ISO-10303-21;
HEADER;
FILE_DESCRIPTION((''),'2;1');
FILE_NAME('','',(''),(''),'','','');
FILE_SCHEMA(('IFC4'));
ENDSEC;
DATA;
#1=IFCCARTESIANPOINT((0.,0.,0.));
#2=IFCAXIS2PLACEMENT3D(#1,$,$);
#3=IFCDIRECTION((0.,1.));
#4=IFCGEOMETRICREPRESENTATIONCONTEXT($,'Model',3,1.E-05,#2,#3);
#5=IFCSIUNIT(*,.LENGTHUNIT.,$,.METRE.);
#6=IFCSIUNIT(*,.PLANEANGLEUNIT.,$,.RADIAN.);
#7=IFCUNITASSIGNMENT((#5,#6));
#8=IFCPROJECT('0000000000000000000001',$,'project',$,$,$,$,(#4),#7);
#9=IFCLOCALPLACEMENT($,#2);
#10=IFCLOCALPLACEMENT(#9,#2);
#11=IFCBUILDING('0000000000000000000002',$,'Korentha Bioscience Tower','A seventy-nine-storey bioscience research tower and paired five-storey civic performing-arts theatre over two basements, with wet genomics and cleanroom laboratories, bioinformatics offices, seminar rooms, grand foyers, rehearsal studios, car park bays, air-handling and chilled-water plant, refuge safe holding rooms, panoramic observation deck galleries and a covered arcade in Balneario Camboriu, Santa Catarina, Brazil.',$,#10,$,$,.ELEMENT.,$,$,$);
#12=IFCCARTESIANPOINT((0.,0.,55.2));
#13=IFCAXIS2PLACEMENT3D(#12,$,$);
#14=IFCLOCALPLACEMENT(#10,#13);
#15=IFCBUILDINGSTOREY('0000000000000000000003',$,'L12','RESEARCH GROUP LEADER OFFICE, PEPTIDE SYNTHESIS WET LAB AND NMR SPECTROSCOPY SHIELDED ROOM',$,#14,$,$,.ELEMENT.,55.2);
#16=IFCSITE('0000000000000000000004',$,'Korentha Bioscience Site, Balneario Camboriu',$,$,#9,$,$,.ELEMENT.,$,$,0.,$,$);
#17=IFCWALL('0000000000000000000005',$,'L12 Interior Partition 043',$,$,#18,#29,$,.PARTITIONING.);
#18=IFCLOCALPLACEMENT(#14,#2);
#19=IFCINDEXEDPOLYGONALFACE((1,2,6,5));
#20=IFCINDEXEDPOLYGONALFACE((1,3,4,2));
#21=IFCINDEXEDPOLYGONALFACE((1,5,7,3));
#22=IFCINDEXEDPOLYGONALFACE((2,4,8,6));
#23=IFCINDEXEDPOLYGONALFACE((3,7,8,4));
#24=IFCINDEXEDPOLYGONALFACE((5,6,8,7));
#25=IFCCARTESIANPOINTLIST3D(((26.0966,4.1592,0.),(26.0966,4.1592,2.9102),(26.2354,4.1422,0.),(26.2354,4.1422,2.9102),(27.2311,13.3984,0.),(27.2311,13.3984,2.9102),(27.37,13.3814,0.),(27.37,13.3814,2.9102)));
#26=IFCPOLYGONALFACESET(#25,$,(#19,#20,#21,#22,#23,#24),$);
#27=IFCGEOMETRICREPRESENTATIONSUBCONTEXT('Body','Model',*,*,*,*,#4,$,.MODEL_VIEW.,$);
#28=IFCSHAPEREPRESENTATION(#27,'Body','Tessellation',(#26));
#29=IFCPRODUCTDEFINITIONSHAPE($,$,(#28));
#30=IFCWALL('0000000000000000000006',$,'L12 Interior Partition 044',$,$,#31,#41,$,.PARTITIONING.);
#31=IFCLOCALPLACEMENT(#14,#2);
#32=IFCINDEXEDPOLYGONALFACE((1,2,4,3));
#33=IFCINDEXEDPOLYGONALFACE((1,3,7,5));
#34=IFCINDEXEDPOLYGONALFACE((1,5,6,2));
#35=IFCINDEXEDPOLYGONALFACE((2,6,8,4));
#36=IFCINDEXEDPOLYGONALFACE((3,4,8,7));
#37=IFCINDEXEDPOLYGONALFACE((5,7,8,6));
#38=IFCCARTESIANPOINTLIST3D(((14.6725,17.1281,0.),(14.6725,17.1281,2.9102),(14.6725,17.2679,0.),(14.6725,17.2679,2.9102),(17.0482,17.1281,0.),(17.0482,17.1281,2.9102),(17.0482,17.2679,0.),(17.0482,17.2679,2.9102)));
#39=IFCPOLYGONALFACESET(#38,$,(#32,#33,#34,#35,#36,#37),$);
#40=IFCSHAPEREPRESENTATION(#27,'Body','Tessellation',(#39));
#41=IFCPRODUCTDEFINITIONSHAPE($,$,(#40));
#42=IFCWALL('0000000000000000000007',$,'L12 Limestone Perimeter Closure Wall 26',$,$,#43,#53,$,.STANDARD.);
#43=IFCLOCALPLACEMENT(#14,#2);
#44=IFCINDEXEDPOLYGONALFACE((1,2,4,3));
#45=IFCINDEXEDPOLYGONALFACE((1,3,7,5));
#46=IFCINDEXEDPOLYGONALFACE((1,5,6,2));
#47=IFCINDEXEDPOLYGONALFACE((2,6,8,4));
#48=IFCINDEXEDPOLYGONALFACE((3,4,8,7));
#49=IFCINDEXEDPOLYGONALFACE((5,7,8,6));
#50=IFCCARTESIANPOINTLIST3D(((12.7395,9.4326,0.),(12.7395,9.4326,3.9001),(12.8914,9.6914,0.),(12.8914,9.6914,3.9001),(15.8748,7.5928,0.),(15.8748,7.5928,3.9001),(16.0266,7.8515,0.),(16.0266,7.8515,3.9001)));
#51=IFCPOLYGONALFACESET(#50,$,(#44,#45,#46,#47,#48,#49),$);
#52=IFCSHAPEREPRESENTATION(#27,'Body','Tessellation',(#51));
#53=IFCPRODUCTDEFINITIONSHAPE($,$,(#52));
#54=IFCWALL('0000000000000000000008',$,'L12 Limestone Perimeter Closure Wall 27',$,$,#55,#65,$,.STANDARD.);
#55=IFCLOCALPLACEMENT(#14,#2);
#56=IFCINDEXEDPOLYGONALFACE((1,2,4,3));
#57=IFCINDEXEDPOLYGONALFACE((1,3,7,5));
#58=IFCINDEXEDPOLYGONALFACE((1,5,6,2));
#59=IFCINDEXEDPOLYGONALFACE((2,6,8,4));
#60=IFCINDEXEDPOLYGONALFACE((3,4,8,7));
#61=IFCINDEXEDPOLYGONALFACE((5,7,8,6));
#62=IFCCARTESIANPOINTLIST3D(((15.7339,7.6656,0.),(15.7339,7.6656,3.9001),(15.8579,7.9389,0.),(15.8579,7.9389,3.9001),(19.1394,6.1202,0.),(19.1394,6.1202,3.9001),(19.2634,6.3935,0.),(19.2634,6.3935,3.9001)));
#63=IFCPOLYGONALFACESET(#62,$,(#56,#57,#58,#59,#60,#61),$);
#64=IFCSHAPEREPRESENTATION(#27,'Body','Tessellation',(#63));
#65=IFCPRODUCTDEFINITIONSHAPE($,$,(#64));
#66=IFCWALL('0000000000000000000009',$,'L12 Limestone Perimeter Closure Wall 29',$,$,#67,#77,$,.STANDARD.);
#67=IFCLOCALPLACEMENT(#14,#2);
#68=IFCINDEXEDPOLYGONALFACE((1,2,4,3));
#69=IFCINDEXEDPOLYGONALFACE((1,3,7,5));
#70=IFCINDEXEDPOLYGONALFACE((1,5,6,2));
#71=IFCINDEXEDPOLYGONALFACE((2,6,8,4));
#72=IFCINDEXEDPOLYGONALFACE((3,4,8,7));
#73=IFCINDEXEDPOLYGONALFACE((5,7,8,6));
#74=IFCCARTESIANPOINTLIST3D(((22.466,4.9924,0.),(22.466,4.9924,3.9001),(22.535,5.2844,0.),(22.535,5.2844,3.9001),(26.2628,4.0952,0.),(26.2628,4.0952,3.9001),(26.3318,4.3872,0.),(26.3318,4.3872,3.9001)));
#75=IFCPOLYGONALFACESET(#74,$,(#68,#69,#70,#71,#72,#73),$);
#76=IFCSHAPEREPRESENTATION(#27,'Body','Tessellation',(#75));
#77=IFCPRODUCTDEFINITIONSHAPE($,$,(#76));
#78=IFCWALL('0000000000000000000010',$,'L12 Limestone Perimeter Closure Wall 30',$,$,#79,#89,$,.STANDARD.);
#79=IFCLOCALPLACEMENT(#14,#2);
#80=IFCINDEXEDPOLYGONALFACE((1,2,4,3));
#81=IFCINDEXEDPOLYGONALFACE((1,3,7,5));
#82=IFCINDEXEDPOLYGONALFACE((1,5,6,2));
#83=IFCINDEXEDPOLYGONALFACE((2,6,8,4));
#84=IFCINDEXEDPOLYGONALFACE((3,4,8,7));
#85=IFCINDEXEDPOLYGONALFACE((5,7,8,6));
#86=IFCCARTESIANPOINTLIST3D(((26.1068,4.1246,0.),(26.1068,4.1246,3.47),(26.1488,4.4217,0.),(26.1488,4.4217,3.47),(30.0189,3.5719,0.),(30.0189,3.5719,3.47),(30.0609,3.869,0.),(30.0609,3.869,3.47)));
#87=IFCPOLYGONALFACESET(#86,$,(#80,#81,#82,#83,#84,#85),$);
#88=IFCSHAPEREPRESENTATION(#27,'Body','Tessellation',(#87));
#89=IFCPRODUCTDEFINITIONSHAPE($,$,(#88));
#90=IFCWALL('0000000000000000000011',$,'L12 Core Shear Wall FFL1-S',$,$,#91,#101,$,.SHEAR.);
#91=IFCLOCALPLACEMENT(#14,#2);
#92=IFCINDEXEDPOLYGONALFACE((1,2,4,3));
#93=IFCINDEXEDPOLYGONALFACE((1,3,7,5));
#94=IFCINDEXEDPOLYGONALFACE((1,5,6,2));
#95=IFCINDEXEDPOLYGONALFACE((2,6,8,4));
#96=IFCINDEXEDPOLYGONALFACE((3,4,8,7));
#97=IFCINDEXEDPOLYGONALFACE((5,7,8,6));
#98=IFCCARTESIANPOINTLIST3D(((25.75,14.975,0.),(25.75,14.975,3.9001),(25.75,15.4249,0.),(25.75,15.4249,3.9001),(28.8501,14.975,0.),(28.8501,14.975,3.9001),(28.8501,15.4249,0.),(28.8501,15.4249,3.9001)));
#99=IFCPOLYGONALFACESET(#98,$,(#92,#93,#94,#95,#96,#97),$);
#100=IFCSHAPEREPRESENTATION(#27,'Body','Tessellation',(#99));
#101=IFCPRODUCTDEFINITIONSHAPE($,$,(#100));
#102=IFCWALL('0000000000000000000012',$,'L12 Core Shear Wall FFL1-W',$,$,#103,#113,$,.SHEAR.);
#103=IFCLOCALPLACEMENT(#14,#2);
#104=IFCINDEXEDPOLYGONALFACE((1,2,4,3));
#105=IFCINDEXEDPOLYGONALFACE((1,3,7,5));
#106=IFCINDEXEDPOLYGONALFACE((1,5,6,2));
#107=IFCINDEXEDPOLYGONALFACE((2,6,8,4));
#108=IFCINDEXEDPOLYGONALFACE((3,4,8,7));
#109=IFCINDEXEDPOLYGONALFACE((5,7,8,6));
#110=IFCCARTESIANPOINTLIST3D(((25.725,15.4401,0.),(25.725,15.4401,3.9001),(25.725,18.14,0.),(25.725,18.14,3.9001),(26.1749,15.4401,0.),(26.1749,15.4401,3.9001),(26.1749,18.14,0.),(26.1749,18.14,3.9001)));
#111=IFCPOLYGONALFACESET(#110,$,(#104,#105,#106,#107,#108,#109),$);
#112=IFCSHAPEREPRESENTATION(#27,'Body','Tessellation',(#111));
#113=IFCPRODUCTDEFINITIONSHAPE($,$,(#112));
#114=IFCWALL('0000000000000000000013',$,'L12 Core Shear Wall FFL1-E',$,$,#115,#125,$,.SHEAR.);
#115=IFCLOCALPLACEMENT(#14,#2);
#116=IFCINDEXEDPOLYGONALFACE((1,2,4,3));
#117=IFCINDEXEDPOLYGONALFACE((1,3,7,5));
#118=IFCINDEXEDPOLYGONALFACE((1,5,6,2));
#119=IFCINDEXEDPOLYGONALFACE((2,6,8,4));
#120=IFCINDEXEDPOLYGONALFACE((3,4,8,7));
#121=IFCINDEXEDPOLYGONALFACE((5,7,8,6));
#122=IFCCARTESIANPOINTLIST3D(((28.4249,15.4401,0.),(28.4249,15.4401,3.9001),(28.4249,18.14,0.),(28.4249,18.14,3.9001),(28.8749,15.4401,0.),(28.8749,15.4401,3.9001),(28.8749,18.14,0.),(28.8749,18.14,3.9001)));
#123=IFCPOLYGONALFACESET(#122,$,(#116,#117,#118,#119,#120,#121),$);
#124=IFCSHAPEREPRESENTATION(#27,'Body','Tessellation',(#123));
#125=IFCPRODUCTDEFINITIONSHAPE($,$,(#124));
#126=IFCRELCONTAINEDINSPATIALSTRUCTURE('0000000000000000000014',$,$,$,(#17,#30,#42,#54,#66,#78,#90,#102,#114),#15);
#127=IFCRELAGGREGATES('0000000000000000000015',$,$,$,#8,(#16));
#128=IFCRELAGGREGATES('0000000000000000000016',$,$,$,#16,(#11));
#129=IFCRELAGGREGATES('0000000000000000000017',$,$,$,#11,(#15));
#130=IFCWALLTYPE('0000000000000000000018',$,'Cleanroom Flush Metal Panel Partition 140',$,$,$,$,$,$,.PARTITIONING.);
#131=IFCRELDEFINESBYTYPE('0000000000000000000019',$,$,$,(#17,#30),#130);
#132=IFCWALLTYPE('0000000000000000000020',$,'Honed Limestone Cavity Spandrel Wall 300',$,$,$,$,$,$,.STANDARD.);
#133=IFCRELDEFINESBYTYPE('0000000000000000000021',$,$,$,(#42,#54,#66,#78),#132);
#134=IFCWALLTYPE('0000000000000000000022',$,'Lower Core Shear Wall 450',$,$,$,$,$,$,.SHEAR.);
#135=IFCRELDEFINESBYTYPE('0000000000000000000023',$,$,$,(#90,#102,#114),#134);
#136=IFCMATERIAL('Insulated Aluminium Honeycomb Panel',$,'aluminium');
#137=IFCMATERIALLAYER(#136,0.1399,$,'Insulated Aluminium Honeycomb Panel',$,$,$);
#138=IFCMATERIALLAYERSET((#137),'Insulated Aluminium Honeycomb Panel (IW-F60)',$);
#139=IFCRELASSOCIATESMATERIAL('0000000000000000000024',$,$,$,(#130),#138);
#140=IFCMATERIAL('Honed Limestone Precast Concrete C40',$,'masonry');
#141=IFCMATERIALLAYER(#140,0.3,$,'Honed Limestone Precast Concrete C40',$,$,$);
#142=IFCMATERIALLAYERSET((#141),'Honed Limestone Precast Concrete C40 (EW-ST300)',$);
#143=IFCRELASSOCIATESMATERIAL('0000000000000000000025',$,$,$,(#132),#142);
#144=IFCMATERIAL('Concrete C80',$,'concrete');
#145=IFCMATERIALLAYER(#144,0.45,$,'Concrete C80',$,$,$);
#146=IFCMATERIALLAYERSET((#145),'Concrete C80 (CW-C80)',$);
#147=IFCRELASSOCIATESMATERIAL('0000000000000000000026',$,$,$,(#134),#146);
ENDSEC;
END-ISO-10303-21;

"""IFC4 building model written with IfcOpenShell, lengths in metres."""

from ifc_helpers import new_model, si_unit, direction, frame, frame_2d, origin, place, context, subcontext, project, spatial, rectangle, extrude, material, layer, layer_set, type_object, element, save


model = new_model("IFC4")

# Units and contexts
model_context = context("Model", 3, precision=1e-05, world=origin(), true_north=direction((0.0, 1.0)))
body_context = subcontext(model_context, "Body", "Model", "MODEL_VIEW")
ifc_project = project(units=[si_unit("LENGTHUNIT", "METRE"), si_unit("PLANEANGLEUNIT", "RADIAN")], contexts=[model_context])

# Site, building, storey
site_placement = place(None, origin())
site = spatial("IfcSite", under=ifc_project, at=site_placement, Name="Korentha Bioscience Site, Balneario Camboriu", CompositionType="ELEMENT", RefElevation=0.0)
building_placement = place(site_placement, origin())
building = spatial("IfcBuilding", under=site, at=building_placement, Name="Korentha Bioscience Tower", Description="A seventy-nine-storey bioscience research tower and paired five-storey civic performing-arts theatre over two basements, with wet genomics and cleanroom laboratories, bioinformatics offices, seminar rooms, grand foyers, rehearsal studios, car park bays, air-handling and chilled-water plant, refuge safe holding rooms, panoramic observation deck galleries and a covered arcade in Balneario Camboriu, Santa Catarina, Brazil.", CompositionType="ELEMENT")
storey_placement = place(building_placement, frame((0.0, 0.0, 55.2)))
storey = spatial("IfcBuildingStorey", under=building, at=storey_placement, Name="L12", Description="RESEARCH GROUP LEADER OFFICE, PEPTIDE SYNTHESIS WET LAB AND NMR SPECTROSCOPY SHIELDED ROOM", CompositionType="ELEMENT", Elevation=55.2)

# Shared definitions
ifc_material_1 = material(Name="Concrete C80", Category="concrete")

# Shared definitions
ifc_material_2 = material(Name="Insulated Aluminium Honeycomb Panel", Category="aluminium")
ifc_layer_1 = layer(ifc_material_2, 0.1399, Name="Insulated Aluminium Honeycomb Panel")
ifc_layer_set_1 = layer_set([ifc_layer_1], Name="Insulated Aluminium Honeycomb Panel (IW-F60)")
wall_type_1 = type_object("IfcWallType", Name="Cleanroom Flush Metal Panel Partition 140", PredefinedType="PARTITIONING", material=ifc_layer_set_1)

# Walls
wall_1_placement = place(storey_placement, frame((27.3005, 13.3899, 0.0), z_axis=(0.0, 0.0, 1.0), x_axis=(-0.121878, -0.992545, 0.0)))
element("IfcWall", 1, at=wall_1_placement, inside=storey, type_object=wall_type_1, Name="L12 Interior Partition 043", PredefinedType="PARTITIONING", context=body_context, shape_type="SweptSolid", body=[
    extrude(rectangle(XDim=9.3086, YDim=0.1399, at=frame_2d((4.6543, 0.0))), origin(), (0.0, 0.0, 1.0), 2.9102),
])
wall_2_placement = place(storey_placement, frame((14.6724, 17.198, 0.0), z_axis=(0.0, 0.0, 1.0), x_axis=(1.0, 0.0, 0.0)))
element("IfcWall", 2, at=wall_2_placement, inside=storey, type_object=wall_type_1, Name="L12 Interior Partition 044", PredefinedType="PARTITIONING", context=body_context, shape_type="SweptSolid", body=[
    extrude(rectangle(XDim=2.3757, YDim=0.1399, at=frame_2d((1.188, 0.0))), origin(), (0.0, 0.0, 1.0), 2.9102),
])

# Shared definitions
ifc_material_3 = material(Name="Honed Limestone Precast Concrete C40", Category="masonry")
ifc_layer_2 = layer(ifc_material_3, 0.3, Name="Honed Limestone Precast Concrete C40")
ifc_layer_set_2 = layer_set([ifc_layer_2], Name="Honed Limestone Precast Concrete C40 (EW-ST300)")
wall_type_2 = type_object("IfcWallType", Name="Honed Limestone Cavity Spandrel Wall 300", PredefinedType="STANDARD", material=ifc_layer_set_2)

# Walls
wall_3_placement = place(storey_placement, frame((12.8154, 9.562, 0.0), z_axis=(0.0, 0.0, 1.0), x_axis=(0.862465, -0.506116, 0.0)))
element("IfcWall", 3, at=wall_3_placement, inside=storey, type_object=wall_type_2, Name="L12 Limestone Perimeter Closure Wall 26", PredefinedType="STANDARD", context=body_context, shape_type="SweptSolid", body=[
    extrude(rectangle(XDim=3.6353, YDim=0.3, at=frame_2d((1.8176, 0.0))), origin(), (0.0, 0.0, 1.0), 3.9001),
])
wall_4_placement = place(storey_placement, frame((15.7959, 7.8022, 0.0), z_axis=(0.0, 0.0, 1.0), x_axis=(0.910623, -0.413237, 0.0)))
element("IfcWall", 4, at=wall_4_placement, inside=storey, type_object=wall_type_2, Name="L12 Limestone Perimeter Closure Wall 27", PredefinedType="STANDARD", context=body_context, shape_type="SweptSolid", body=[
    extrude(rectangle(XDim=3.7397, YDim=0.3, at=frame_2d((1.8699, 0.0))), origin(), (0.0, 0.0, 1.0), 3.9001),
])
wall_5_placement = place(storey_placement, frame((22.5005, 5.1384, 0.0), z_axis=(0.0, 0.0, 1.0), x_axis=(0.973198, -0.22997, 0.0)))
element("IfcWall", 5, at=wall_5_placement, inside=storey, type_object=wall_type_2, Name="L12 Limestone Perimeter Closure Wall 29", PredefinedType="STANDARD", context=body_context, shape_type="SweptSolid", body=[
    extrude(rectangle(XDim=3.9014, YDim=0.3, at=frame_2d((1.9507, 0.0))), origin(), (0.0, 0.0, 1.0), 3.9001),
])
wall_6_placement = place(storey_placement, frame((26.1277, 4.2732, 0.0), z_axis=(0.0, 0.0, 1.0), x_axis=(0.990166, -0.139899, 0.0)))
element("IfcWall", 6, at=wall_6_placement, inside=storey, type_object=wall_type_2, Name="L12 Limestone Perimeter Closure Wall 30", PredefinedType="STANDARD", context=body_context, shape_type="SweptSolid", body=[
    extrude(rectangle(XDim=3.9509, YDim=0.3, at=frame_2d((1.9756, 0.0))), origin(), (0.0, 0.0, 1.0), 3.47),
])
ifc_layer_3 = layer(ifc_material_1, 0.45, Name="Concrete C80")
ifc_layer_set_3 = layer_set([ifc_layer_3], Name="Concrete C80 (CW-C80)")
wall_type_3 = type_object("IfcWallType", Name="Lower Core Shear Wall 450", PredefinedType="SHEAR", material=ifc_layer_set_3)
wall_7_placement = place(storey_placement, frame((25.75, 15.2, 0.0), z_axis=(0.0, 0.0, 1.0), x_axis=(1.0, 0.0, 0.0)))
element("IfcWall", 7, at=wall_7_placement, inside=storey, type_object=wall_type_3, Name="L12 Core Shear Wall FFL1-S", PredefinedType="SHEAR", context=body_context, shape_type="SweptSolid", body=[
    extrude(rectangle(XDim=3.1001, YDim=0.45, at=frame_2d((1.55, 0.0))), origin(), (0.0, 0.0, 1.0), 3.9001),
])
for number, where, z_axis, x_axis, name in (
    (8, (25.95, 15.4399, 0.0), (0.0, 0.0, 1.0), (0.0, 1.0, 0.0), "L12 Core Shear Wall FFL1-W"),
    (9, (28.6499, 15.4399, 0.0), (0.0, 0.0, 1.0), (0.0, 1.0, 0.0), "L12 Core Shear Wall FFL1-E"),
):
    element("IfcWall", number, at=place(storey_placement, frame(where, z_axis=z_axis, x_axis=x_axis)), inside=storey, type_object=wall_type_3, Name=name, PredefinedType="SHEAR", context=body_context, shape_type="SweptSolid", body=[
        extrude(rectangle(XDim=2.7, YDim=0.45, at=frame_2d((1.3501, 0.0))), origin(), (0.0, 0.0, 1.0), 3.9001),
    ])

save(model, "model.ifc")
